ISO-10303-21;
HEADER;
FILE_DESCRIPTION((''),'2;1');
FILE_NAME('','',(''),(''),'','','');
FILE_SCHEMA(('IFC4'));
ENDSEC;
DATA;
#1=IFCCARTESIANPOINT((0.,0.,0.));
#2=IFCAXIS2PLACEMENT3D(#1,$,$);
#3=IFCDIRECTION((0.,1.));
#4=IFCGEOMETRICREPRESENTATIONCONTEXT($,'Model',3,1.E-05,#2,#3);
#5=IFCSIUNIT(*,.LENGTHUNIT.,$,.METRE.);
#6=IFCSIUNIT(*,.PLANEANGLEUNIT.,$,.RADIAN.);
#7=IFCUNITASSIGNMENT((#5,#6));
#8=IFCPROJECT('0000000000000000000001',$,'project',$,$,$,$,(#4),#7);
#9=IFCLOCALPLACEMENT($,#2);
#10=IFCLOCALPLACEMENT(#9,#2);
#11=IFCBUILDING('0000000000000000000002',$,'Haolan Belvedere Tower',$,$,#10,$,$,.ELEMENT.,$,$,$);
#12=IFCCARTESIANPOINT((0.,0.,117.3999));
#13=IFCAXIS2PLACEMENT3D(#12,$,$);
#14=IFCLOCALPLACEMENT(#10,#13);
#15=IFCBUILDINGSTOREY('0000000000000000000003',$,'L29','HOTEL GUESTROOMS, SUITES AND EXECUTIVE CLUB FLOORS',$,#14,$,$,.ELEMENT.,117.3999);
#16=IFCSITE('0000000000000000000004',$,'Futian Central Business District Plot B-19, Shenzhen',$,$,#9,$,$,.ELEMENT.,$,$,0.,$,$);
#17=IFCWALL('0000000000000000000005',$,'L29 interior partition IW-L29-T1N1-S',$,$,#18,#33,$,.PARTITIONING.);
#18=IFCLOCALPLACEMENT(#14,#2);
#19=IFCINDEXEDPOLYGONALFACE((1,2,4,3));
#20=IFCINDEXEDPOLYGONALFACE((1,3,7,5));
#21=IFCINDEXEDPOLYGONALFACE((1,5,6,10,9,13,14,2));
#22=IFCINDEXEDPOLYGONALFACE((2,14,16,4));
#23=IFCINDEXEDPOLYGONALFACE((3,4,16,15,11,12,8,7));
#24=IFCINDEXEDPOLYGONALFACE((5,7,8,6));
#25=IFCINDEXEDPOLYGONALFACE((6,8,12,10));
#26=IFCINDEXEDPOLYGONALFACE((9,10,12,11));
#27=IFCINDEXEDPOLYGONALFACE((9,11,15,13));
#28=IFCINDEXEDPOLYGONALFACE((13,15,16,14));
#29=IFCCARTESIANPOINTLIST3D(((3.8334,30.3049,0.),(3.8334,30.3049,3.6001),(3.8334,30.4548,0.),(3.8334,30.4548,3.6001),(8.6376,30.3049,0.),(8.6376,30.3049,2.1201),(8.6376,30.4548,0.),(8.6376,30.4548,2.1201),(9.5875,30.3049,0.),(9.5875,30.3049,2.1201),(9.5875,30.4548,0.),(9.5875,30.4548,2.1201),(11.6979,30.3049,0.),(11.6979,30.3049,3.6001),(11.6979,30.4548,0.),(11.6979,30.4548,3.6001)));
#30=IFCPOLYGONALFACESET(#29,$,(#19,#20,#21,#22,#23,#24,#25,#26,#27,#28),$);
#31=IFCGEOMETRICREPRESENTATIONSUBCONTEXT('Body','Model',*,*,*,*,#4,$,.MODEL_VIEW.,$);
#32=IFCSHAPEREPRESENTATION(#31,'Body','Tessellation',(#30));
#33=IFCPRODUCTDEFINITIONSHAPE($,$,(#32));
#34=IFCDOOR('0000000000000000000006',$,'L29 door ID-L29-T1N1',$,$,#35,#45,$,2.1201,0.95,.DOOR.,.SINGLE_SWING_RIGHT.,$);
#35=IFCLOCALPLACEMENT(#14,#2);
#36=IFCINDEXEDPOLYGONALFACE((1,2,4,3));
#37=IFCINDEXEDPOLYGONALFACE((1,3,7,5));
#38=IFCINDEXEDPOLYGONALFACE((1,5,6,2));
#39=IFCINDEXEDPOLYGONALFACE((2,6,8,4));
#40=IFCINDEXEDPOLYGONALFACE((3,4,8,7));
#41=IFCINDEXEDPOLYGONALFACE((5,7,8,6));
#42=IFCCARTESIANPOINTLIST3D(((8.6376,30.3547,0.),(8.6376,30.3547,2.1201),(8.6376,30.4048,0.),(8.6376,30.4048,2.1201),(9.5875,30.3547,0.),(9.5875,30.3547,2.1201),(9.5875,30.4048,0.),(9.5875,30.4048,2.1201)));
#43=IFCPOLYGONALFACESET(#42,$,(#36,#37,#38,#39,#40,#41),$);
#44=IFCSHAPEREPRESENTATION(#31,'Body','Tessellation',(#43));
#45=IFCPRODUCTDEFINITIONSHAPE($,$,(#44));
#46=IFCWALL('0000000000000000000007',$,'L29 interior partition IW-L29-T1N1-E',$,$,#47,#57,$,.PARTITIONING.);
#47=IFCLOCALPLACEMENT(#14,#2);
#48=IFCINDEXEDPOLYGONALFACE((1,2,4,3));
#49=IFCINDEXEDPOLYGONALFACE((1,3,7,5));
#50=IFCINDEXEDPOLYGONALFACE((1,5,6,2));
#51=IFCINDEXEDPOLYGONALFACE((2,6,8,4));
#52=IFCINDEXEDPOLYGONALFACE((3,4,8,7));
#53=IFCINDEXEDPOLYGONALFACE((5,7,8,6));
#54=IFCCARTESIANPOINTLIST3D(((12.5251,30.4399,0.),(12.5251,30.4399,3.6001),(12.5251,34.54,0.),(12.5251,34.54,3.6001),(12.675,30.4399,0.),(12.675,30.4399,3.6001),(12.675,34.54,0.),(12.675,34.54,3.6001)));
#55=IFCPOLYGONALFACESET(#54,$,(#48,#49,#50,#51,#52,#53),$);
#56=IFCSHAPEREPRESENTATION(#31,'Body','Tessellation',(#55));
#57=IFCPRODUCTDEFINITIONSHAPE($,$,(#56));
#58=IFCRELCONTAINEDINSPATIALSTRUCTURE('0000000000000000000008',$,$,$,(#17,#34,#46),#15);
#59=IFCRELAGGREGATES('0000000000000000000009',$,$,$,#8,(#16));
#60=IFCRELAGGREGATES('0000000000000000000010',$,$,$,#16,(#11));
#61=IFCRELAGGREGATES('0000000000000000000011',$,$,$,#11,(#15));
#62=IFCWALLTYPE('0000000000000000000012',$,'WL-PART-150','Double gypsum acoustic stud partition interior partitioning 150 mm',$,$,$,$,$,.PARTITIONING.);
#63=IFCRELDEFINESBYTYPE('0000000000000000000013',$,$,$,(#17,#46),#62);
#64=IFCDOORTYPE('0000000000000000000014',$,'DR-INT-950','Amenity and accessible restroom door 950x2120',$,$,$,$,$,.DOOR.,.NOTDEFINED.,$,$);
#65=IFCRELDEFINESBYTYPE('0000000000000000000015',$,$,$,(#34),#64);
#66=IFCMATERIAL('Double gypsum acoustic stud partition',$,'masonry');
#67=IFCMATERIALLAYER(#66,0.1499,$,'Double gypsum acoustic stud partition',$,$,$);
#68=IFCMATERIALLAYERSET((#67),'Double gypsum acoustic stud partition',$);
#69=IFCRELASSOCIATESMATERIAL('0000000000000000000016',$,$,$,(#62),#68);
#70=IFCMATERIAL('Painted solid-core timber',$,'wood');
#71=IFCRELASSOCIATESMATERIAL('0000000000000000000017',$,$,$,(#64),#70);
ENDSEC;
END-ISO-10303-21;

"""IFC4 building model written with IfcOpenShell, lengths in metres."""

from ifc_helpers import new_model, si_unit, direction, frame, frame_2d, origin, place, context, subcontext, project, spatial, rectangle, extrude, material, layer, layer_set, type_object, element, fill, save


model = new_model("IFC4")

# Units and contexts
model_context = context("Model", 3, precision=1e-05, world=origin(), true_north=direction((0.0, 1.0)))
body_context = subcontext(model_context, "Body", "Model", "MODEL_VIEW")
ifc_project = project(units=[si_unit("LENGTHUNIT", "METRE"), si_unit("PLANEANGLEUNIT", "RADIAN")], contexts=[model_context])

# Site, building, storey
site_placement = place(None, origin())
site = spatial("IfcSite", under=ifc_project, at=site_placement, Name="Futian Central Business District Plot B-19, Shenzhen", CompositionType="ELEMENT", RefElevation=0.0)
building_placement = place(site_placement, origin())
building = spatial("IfcBuilding", under=site, at=building_placement, Name="Haolan Belvedere Tower", CompositionType="ELEMENT")
storey_placement = place(building_placement, frame((0.0, 0.0, 117.3999)))
storey = spatial("IfcBuildingStorey", under=building, at=storey_placement, Name="L29", Description="HOTEL GUESTROOMS, SUITES AND EXECUTIVE CLUB FLOORS", CompositionType="ELEMENT", Elevation=117.3999)

# Shared definitions
ifc_material_1 = material(Name="Double gypsum acoustic stud partition", Category="masonry")
ifc_layer_1 = layer(ifc_material_1, 0.1499, Name="Double gypsum acoustic stud partition")
ifc_layer_set_1 = layer_set([ifc_layer_1], Name="Double gypsum acoustic stud partition")
wall_type_1 = type_object("IfcWallType", Name="WL-PART-150", Description="Double gypsum acoustic stud partition interior partitioning 150 mm", PredefinedType="PARTITIONING", material=ifc_layer_set_1)

# Wall, opening, door
wall_1_placement = place(storey_placement, frame((3.8335, 30.3799, 0.0), z_axis=(0.0, 0.0, 1.0), x_axis=(1.0, 0.0, 0.0)))
wall_1 = element("IfcWall", 1, at=wall_1_placement, inside=storey, type_object=wall_type_1, Name="L29 interior partition IW-L29-T1N1-S", PredefinedType="PARTITIONING", context=body_context, shape_type="SweptSolid", body=[
    extrude(rectangle(XDim=7.8645, YDim=0.1499, at=frame_2d((3.9321, 0.0))), origin(), (0.0, 0.0, 1.0), 3.6001),
])
opening_1_placement = place(wall_1_placement, frame((4.804, 0.0, 0.0)))
opening_1 = element("IfcOpeningElement", 2, at=opening_1_placement, cuts=wall_1, PredefinedType="OPENING", context=body_context, shape_type="SweptSolid", body=[
    extrude(rectangle(XDim=0.95, YDim=2.1201, at=frame_2d((0.4751, 1.0601))), frame((0.0, 0.085, 0.0), z_axis=(0.0, -1.0, 0.0), x_axis=(1.0, 0.0, 0.0)), (0.0, 0.0, 1.0), 0.1699),
])
ifc_material_2 = material(Name="Painted solid-core timber", Category="wood")
door_type_1 = type_object("IfcDoorType", Name="DR-INT-950", Description="Amenity and accessible restroom door 950x2120", OperationType="NOTDEFINED", PredefinedType="DOOR", material=ifc_material_2)
door_1_placement = place(opening_1_placement, origin())
door_1 = element("IfcDoor", 3, at=door_1_placement, inside=storey, type_object=door_type_1, Name="L29 door ID-L29-T1N1", OperationType="SINGLE_SWING_RIGHT", OverallHeight=2.1201, OverallWidth=0.95, PredefinedType="DOOR", context=body_context, shape_type="SweptSolid", body=[
    extrude(rectangle(XDim=0.95, YDim=2.1201, at=frame_2d((0.4751, 1.0601))), frame((0.0, 0.0249, 0.0), z_axis=(0.0, -1.0, 0.0), x_axis=(1.0, 0.0, 0.0)), (0.0, 0.0, 1.0), 0.05),
])
fill(opening_1, door_1)

# Wall
wall_2_placement = place(storey_placement, frame((12.6001, 30.4399, 0.0), z_axis=(0.0, 0.0, 1.0), x_axis=(0.0, 1.0, 0.0)))
element("IfcWall", 4, at=wall_2_placement, inside=storey, type_object=wall_type_1, Name="L29 interior partition IW-L29-T1N1-E", PredefinedType="PARTITIONING", context=body_context, shape_type="SweptSolid", body=[
    extrude(rectangle(XDim=4.1001, YDim=0.1499, at=frame_2d((2.05, 0.0))), origin(), (0.0, 0.0, 1.0), 3.6001),
])

save(model, "model.ifc")
